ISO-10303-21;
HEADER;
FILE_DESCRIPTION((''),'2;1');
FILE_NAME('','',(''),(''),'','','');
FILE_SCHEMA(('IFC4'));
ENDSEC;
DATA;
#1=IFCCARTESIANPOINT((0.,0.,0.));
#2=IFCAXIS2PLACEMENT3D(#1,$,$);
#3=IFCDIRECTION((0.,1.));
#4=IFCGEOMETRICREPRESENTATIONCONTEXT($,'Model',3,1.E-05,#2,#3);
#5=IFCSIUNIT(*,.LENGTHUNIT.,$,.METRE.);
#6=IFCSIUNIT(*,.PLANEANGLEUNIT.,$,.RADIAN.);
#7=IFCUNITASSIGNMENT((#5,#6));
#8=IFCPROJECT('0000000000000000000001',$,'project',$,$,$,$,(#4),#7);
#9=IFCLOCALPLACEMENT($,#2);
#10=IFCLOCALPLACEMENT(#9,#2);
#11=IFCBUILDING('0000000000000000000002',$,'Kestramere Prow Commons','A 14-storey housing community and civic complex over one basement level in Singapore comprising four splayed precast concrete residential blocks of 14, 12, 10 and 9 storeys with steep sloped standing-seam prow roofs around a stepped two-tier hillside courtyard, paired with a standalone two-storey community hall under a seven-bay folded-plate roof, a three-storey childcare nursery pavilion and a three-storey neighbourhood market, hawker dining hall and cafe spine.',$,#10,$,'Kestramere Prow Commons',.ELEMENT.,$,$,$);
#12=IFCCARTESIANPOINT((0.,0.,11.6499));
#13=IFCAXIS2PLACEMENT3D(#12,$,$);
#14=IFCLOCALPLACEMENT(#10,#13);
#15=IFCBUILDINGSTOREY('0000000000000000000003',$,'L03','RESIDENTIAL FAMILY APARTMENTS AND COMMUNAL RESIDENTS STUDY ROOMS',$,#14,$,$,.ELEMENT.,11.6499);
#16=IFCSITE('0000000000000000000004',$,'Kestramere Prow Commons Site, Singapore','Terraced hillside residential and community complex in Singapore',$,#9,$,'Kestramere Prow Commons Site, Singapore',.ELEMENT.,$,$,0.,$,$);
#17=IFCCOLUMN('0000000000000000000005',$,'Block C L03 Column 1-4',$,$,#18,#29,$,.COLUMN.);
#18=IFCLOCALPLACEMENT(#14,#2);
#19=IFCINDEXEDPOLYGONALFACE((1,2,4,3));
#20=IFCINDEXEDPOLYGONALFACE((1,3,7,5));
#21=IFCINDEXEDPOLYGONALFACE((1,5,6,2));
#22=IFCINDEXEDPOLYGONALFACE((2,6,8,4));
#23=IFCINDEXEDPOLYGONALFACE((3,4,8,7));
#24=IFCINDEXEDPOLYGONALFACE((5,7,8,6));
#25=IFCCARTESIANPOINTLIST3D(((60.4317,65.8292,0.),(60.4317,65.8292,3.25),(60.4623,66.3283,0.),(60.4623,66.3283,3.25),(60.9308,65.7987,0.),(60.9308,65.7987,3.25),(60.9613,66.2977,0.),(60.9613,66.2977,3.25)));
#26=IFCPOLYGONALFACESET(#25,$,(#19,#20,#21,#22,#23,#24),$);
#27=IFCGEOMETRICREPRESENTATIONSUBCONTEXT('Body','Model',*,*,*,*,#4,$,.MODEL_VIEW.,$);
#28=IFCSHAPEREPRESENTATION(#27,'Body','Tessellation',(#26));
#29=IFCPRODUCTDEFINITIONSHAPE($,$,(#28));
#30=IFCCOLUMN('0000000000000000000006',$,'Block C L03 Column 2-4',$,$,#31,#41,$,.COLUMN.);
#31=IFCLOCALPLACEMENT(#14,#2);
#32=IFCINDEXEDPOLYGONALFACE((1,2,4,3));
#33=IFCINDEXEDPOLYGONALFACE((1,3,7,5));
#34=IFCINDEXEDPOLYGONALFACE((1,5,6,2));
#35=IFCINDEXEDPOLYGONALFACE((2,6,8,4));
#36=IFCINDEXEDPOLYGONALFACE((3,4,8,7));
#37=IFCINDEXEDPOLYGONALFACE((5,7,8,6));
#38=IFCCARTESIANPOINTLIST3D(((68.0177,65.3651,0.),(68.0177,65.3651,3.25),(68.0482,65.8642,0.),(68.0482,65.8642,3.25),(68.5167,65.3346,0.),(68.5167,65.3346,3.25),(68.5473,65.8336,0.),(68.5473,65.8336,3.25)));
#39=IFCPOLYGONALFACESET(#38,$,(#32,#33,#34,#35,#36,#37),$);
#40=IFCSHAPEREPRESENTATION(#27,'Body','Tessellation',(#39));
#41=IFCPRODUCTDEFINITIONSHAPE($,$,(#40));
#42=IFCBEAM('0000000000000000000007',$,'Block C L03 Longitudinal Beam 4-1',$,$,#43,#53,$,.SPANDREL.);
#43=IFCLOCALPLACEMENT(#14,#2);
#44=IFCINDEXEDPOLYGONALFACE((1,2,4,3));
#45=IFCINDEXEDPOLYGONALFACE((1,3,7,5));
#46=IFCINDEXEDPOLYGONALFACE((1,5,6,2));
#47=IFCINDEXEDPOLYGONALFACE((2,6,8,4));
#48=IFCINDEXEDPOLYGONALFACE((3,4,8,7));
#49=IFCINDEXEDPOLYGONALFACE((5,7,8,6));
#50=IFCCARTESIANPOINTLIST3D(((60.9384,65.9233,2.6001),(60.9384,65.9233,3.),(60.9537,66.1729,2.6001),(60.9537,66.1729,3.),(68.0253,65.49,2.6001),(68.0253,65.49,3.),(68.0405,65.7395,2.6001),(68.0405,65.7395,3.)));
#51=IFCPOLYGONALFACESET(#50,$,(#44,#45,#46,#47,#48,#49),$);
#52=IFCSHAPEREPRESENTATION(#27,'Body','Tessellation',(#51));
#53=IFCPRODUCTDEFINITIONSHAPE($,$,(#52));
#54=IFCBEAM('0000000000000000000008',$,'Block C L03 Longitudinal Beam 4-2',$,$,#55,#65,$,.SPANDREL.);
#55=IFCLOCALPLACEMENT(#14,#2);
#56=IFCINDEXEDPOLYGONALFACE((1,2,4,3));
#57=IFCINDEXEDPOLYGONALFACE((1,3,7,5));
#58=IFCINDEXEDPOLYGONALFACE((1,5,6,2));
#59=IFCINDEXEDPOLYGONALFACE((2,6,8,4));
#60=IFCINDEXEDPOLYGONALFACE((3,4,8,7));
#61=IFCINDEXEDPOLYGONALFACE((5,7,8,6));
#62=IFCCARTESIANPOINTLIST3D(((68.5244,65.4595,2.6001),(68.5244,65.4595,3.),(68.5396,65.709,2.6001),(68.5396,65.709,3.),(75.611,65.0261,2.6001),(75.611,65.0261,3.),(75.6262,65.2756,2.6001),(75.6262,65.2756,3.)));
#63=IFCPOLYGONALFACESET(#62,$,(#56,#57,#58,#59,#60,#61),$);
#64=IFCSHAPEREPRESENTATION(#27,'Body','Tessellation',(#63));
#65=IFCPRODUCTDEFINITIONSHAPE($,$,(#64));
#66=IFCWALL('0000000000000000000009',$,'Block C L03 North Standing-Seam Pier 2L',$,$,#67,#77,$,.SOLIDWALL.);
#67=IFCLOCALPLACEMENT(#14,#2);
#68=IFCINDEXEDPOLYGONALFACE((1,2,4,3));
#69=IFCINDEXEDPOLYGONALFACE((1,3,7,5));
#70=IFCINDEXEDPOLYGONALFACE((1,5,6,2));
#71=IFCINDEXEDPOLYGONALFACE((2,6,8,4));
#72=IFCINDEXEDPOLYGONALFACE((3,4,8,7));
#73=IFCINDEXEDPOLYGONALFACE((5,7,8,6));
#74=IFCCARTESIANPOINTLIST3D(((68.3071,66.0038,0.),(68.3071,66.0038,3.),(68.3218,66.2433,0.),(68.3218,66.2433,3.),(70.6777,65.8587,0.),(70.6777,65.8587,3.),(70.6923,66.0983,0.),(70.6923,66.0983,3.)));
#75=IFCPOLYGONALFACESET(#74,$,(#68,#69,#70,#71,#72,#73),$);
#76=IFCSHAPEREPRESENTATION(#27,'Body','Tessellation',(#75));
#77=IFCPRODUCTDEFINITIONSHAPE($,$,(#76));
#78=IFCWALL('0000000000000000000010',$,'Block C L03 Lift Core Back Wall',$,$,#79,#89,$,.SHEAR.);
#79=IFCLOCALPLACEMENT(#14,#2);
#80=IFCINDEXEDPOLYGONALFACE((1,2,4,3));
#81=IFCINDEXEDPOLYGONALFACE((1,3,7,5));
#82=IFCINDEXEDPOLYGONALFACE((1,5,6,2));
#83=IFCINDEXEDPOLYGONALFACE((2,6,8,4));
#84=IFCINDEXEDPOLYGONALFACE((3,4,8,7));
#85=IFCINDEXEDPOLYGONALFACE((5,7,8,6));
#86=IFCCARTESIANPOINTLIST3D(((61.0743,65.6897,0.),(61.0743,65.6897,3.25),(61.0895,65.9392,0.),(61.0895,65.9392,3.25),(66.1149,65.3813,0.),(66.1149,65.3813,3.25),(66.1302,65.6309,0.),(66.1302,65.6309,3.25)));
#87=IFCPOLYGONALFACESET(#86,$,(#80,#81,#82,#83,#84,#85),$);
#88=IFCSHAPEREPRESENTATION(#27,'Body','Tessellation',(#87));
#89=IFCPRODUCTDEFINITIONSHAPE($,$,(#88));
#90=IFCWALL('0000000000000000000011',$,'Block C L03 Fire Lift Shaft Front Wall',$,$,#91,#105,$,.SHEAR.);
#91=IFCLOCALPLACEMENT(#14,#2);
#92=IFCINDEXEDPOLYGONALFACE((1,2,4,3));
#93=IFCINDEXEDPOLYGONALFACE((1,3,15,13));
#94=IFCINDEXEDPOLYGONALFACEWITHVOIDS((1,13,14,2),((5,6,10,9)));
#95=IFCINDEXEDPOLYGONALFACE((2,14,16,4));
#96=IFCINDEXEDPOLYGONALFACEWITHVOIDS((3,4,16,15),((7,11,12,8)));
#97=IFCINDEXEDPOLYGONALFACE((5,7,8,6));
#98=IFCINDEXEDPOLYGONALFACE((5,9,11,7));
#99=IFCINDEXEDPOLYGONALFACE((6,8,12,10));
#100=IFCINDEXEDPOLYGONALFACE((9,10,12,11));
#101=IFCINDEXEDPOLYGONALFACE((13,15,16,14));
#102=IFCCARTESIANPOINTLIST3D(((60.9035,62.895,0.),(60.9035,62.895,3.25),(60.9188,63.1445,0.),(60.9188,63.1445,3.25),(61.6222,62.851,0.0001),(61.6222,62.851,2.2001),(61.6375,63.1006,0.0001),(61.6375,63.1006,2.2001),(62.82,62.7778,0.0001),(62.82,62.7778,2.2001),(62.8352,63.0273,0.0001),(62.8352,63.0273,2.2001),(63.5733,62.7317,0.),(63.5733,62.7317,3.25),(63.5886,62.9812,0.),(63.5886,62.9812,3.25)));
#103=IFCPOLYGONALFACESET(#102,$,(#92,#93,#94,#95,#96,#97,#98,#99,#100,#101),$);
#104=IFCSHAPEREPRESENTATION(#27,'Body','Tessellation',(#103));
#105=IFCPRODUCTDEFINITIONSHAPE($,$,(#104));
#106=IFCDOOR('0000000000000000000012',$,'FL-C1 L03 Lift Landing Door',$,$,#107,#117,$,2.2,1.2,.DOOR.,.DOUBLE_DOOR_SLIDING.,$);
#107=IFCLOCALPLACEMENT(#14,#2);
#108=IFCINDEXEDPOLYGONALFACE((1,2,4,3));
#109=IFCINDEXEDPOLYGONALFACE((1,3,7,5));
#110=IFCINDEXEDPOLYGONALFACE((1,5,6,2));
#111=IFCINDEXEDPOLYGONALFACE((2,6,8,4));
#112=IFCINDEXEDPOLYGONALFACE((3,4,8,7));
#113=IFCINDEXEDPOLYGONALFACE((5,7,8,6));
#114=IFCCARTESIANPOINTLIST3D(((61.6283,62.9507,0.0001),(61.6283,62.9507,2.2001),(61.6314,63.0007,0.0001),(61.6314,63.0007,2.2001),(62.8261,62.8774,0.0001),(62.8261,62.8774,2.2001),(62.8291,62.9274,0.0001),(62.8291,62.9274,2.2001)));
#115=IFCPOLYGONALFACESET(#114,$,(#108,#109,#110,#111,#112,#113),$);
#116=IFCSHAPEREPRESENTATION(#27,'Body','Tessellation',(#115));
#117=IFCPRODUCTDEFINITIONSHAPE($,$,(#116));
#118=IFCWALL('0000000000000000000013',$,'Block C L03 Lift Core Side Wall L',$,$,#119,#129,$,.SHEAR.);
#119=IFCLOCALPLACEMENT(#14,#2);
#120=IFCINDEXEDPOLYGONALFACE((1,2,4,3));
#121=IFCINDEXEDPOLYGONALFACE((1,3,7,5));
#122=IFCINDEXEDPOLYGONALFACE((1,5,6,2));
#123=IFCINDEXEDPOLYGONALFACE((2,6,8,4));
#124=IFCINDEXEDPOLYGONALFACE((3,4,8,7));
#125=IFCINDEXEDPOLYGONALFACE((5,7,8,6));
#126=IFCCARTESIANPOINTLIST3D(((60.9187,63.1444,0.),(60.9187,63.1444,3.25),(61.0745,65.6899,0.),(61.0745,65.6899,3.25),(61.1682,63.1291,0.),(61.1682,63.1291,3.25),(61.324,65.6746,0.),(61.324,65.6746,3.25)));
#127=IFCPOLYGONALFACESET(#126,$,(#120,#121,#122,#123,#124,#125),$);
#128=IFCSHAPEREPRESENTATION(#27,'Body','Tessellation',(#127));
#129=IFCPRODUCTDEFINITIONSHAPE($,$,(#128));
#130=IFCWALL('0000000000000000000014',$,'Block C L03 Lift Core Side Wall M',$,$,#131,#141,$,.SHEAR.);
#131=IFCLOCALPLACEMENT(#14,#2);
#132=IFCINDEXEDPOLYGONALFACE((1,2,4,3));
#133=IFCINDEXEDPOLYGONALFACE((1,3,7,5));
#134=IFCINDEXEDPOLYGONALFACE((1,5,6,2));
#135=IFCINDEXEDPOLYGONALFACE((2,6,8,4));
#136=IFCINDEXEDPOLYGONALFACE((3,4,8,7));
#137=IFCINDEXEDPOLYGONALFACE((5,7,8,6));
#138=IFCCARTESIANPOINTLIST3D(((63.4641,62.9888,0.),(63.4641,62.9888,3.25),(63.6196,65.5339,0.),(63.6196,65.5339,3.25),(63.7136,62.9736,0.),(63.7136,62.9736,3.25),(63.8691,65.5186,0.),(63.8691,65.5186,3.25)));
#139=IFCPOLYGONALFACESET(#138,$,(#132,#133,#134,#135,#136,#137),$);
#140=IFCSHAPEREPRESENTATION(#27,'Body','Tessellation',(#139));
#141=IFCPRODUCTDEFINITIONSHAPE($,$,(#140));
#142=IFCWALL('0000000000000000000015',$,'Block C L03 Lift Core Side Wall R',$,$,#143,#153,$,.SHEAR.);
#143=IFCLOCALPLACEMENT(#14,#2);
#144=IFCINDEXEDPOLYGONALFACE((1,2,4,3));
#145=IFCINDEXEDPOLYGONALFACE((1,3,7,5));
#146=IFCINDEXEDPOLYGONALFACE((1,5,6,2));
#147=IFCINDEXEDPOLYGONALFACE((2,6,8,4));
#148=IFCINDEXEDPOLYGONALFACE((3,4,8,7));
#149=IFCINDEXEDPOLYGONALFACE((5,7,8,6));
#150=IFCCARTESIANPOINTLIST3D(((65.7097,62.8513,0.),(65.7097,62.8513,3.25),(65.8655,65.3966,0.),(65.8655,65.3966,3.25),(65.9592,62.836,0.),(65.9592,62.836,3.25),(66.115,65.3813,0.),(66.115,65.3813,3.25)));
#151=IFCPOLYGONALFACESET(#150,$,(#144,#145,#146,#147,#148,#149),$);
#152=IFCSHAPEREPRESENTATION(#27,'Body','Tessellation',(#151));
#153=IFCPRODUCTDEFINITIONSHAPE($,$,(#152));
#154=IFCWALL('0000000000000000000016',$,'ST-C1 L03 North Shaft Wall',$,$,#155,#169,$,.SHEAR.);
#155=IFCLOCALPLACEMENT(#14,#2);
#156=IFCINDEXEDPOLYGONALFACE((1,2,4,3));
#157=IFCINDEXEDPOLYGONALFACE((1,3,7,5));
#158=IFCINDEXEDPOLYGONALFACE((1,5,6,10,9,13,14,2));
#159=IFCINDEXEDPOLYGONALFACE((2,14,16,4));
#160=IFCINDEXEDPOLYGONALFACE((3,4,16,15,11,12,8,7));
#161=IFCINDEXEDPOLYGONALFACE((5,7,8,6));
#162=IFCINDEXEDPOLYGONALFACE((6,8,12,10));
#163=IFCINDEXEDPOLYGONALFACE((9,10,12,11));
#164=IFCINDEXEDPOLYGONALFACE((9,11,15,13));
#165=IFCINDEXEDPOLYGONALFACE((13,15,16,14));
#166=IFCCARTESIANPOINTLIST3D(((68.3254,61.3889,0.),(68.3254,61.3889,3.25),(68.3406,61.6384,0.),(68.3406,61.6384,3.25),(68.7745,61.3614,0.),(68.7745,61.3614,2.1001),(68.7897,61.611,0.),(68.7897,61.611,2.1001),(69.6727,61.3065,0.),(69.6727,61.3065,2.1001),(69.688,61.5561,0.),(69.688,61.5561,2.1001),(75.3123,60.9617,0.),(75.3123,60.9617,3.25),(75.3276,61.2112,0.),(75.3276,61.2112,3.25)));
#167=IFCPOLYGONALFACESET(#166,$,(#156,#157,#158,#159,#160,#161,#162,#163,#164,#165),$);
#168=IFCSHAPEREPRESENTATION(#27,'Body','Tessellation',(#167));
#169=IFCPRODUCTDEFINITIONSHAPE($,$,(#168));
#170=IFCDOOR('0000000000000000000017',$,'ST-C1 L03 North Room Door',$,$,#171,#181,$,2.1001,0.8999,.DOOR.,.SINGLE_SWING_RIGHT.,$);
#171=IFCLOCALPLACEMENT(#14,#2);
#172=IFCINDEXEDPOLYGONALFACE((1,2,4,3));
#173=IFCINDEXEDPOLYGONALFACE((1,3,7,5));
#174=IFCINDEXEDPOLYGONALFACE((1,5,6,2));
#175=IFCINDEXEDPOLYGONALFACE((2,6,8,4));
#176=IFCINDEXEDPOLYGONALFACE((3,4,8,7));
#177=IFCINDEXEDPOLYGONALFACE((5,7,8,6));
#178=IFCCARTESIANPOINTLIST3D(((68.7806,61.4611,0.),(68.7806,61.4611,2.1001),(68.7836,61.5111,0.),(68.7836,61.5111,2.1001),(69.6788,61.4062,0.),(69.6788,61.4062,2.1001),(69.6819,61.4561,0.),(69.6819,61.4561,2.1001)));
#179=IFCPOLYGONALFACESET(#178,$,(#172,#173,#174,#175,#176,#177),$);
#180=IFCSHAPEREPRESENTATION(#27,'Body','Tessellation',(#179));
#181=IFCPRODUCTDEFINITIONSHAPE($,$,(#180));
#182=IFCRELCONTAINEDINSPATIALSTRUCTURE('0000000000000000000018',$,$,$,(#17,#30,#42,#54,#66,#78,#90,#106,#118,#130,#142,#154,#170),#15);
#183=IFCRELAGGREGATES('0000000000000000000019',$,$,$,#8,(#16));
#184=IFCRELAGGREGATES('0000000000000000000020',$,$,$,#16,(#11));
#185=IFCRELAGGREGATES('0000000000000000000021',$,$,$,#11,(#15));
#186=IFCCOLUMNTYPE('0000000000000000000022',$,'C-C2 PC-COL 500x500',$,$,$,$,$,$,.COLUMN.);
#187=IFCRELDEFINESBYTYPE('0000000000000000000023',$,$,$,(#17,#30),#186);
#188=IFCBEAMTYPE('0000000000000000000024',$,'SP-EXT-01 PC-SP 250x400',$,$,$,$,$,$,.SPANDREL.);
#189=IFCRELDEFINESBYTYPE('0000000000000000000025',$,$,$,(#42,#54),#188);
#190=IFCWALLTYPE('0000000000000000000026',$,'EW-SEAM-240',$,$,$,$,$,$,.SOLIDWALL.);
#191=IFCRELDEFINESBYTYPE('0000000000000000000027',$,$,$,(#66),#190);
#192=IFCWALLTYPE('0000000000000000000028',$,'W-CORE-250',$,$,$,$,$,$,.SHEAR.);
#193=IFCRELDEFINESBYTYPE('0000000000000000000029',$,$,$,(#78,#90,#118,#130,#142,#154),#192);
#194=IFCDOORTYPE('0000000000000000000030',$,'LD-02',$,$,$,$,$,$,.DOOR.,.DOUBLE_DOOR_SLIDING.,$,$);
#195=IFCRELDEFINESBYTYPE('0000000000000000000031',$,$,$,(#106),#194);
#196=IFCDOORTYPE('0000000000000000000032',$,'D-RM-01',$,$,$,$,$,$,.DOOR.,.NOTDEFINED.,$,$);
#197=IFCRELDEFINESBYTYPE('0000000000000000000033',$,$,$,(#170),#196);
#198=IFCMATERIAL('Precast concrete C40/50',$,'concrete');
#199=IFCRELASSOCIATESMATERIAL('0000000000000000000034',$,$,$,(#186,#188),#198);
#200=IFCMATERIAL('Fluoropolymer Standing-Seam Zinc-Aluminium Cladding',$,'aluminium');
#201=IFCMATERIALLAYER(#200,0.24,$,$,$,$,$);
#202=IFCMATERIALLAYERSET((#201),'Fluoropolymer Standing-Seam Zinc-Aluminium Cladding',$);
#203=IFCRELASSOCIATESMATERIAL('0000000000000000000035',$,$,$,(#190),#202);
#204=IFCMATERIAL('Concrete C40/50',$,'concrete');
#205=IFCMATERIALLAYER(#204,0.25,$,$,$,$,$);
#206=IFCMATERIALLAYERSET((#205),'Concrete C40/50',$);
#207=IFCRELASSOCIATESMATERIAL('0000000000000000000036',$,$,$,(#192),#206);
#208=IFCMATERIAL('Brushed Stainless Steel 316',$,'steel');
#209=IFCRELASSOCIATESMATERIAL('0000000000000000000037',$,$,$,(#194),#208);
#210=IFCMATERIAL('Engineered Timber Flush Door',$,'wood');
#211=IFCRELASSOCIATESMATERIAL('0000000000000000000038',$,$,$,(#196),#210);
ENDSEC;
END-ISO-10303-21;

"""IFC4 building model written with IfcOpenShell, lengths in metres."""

from ifc_helpers import new_model, si_unit, direction, frame, frame_2d, origin, origin_2d, place, context, subcontext, project, spatial, rectangle, extrude, material, layer, layer_set, material_profile, profile_set, type_object, element, fill, save


model = new_model("IFC4")

# Units and contexts
model_context = context("Model", 3, precision=1e-05, world=origin(), true_north=direction((0.0, 1.0)))
body_context = subcontext(model_context, "Body", "Model", "MODEL_VIEW")
ifc_project = project(units=[si_unit("LENGTHUNIT", "METRE"), si_unit("PLANEANGLEUNIT", "RADIAN")], contexts=[model_context])

# Site, building, storey
site_placement = place(None, origin())
site = spatial("IfcSite", under=ifc_project, at=site_placement, Name="Kestramere Prow Commons Site, Singapore", Description="Terraced hillside residential and community complex in Singapore", LongName="Kestramere Prow Commons Site, Singapore", CompositionType="ELEMENT", RefElevation=0.0)
building_placement = place(site_placement, origin())
building = spatial("IfcBuilding", under=site, at=building_placement, Name="Kestramere Prow Commons", Description="A 14-storey housing community and civic complex over one basement level in Singapore comprising four splayed precast concrete residential blocks of 14, 12, 10 and 9 storeys with steep sloped standing-seam prow roofs around a stepped two-tier hillside courtyard, paired with a standalone two-storey community hall under a seven-bay folded-plate roof, a three-storey childcare nursery pavilion and a three-storey neighbourhood market, hawker dining hall and cafe spine.", LongName="Kestramere Prow Commons", CompositionType="ELEMENT")
storey_placement = place(building_placement, frame((0.0, 0.0, 11.6499)))
storey = spatial("IfcBuildingStorey", under=building, at=storey_placement, Name="L03", Description="RESIDENTIAL FAMILY APARTMENTS AND COMMUNAL RESIDENTS STUDY ROOMS", CompositionType="ELEMENT", Elevation=11.6499)

# Columns
ifc_material_1 = material(Name="Precast concrete C40/50", Category="concrete")
ifc_material_profile_1 = material_profile(ifc_material_1, rectangle(XDim=0.5, YDim=0.5, at=origin_2d()), Name="PC-COL 500x500")
ifc_profile_set_1 = profile_set([ifc_material_profile_1], Name="Precast concrete C40/50")
column_type = type_object("IfcColumnType", Name="C-C2 PC-COL 500x500", PredefinedType="COLUMN", material=ifc_profile_set_1)
for number, where, z_axis, x_axis, name in (
    (1, (60.6965, 66.0635, 0.0), (0.0, 0.0, 1.0), (0.998135, -0.061049, 0.0), "Block C L03 Column 1-4"),
    (2, (68.2825, 65.5994, 0.0), (0.0, 0.0, 1.0), (0.998135, -0.061049, 0.0), "Block C L03 Column 2-4"),
):
    element("IfcColumn", number, at=place(storey_placement, frame(where, z_axis=z_axis, x_axis=x_axis)), inside=storey, type_object=column_type, Name=name, PredefinedType="COLUMN", context=body_context, shape_type="SweptSolid", body=[
        extrude(rectangle(XDim=0.5, YDim=0.5, at=origin_2d()), origin(), (0.0, 0.0, 1.0), 3.25),
    ])

# Beams
ifc_material_profile_2 = material_profile(ifc_material_1, rectangle(XDim=0.25, YDim=0.3999, at=origin_2d()), Name="PC-SP 250x400")
ifc_profile_set_2 = profile_set([ifc_material_profile_2], Name="Precast concrete C40/50")
beam_type = type_object("IfcBeamType", Name="SP-EXT-01 PC-SP 250x400", PredefinedType="SPANDREL", material=ifc_profile_set_2)
beam_1_placement = place(storey_placement, frame((60.946, 66.0481, 2.8), z_axis=(0.998136, -0.061034, 0.0), x_axis=(0.061034, 0.998136, 0.0)))
element("IfcBeam", 3, at=beam_1_placement, inside=storey, type_object=beam_type, Name="Block C L03 Longitudinal Beam 4-1", PredefinedType="SPANDREL", context=body_context, shape_type="SweptSolid", body=[
    extrude(rectangle(XDim=0.25, YDim=0.3999, at=origin_2d()), origin(), (0.0, 0.0, 1.0), 7.1001),
])
beam_2_placement = place(storey_placement, frame((68.532, 65.5842, 2.8), z_axis=(0.998136, -0.061036, 0.0), x_axis=(0.061036, 0.998136, 0.0)))
element("IfcBeam", 4, at=beam_2_placement, inside=storey, type_object=beam_type, Name="Block C L03 Longitudinal Beam 4-2", PredefinedType="SPANDREL", context=body_context, shape_type="SweptSolid", body=[
    extrude(rectangle(XDim=0.25, YDim=0.3999, at=origin_2d()), origin(), (0.0, 0.0, 1.0), 7.0999),
])

# Walls
ifc_material_2 = material(Name="Fluoropolymer Standing-Seam Zinc-Aluminium Cladding", Category="aluminium")
ifc_layer_1 = layer(ifc_material_2, 0.24)
ifc_layer_set_1 = layer_set([ifc_layer_1], Name="Fluoropolymer Standing-Seam Zinc-Aluminium Cladding")
wall_type_1 = type_object("IfcWallType", Name="EW-SEAM-240", PredefinedType="SOLIDWALL", material=ifc_layer_set_1)
wall_1_placement = place(storey_placement, frame((68.3145, 66.1235, 0.0), z_axis=(0.0, 0.0, 1.0), x_axis=(0.998134, -0.06106, 0.0)))
element("IfcWall", 5, at=wall_1_placement, inside=storey, type_object=wall_type_1, Name="Block C L03 North Standing-Seam Pier 2L", PredefinedType="SOLIDWALL", context=body_context, shape_type="SweptSolid", body=[
    extrude(rectangle(XDim=2.375, YDim=0.24, at=frame_2d((1.1875, 0.0))), origin(), (0.0, 0.0, 1.0), 3.0),
])
ifc_material_3 = material(Name="Concrete C40/50", Category="concrete")
ifc_layer_2 = layer(ifc_material_3, 0.25)
ifc_layer_set_2 = layer_set([ifc_layer_2], Name="Concrete C40/50")
wall_type_2 = type_object("IfcWallType", Name="W-CORE-250", PredefinedType="SHEAR", material=ifc_layer_set_2)
wall_2_placement = place(storey_placement, frame((61.082, 65.8145, 0.0), z_axis=(0.0, 0.0, 1.0), x_axis=(0.998134, -0.06106, 0.0)))
element("IfcWall", 6, at=wall_2_placement, inside=storey, type_object=wall_type_2, Name="Block C L03 Lift Core Back Wall", PredefinedType="SHEAR", context=body_context, shape_type="SweptSolid", body=[
    extrude(rectangle(XDim=5.05, YDim=0.25, at=frame_2d((2.5249, 0.0))), origin(), (0.0, 0.0, 1.0), 3.25),
])

# Wall, opening, door
wall_3_placement = place(storey_placement, frame((60.9111, 63.0198, 0.0), z_axis=(0.0, 0.0, 1.0), x_axis=(0.998134, -0.06106, 0.0)))
wall_3 = element("IfcWall", 7, at=wall_3_placement, inside=storey, type_object=wall_type_2, Name="Block C L03 Fire Lift Shaft Front Wall", PredefinedType="SHEAR", context=body_context, shape_type="SweptSolid", body=[
    extrude(rectangle(XDim=2.6748, YDim=0.25, at=frame_2d((1.3374, 0.0))), origin(), (0.0, 0.0, 1.0), 3.25),
])
opening_1_placement = place(wall_3_placement, frame((0.72, 0.0, 0.0)))
opening_1 = element("IfcOpeningElement", 8, at=opening_1_placement, cuts=wall_3, PredefinedType="OPENING", context=body_context, shape_type="SweptSolid", body=[
    extrude(rectangle(XDim=1.2, YDim=2.2, at=frame_2d((0.6001, 1.1001))), frame((0.0, 0.1399, 0.0), z_axis=(0.0, -1.0, 0.0), x_axis=(1.0, 0.0, 0.0)), (0.0, 0.0, 1.0), 0.28),
])
ifc_material_4 = material(Name="Brushed Stainless Steel 316", Category="steel")
door_type_1 = type_object("IfcDoorType", Name="LD-02", OperationType="DOUBLE_DOOR_SLIDING", PredefinedType="DOOR", material=ifc_material_4)
door_1_placement = place(opening_1_placement, origin())
door_1 = element("IfcDoor", 9, at=door_1_placement, inside=storey, type_object=door_type_1, Name="FL-C1 L03 Lift Landing Door", OperationType="DOUBLE_DOOR_SLIDING", OverallHeight=2.2, OverallWidth=1.2, PredefinedType="DOOR", context=body_context, shape_type="SweptSolid", body=[
    extrude(rectangle(XDim=1.2, YDim=2.2, at=frame_2d((0.6001, 1.1001))), frame((0.0, 0.0249, 0.0), z_axis=(0.0, -1.0, 0.0), x_axis=(1.0, 0.0, 0.0)), (0.0, 0.0, 1.0), 0.05),
])
fill(opening_1, door_1)

# Walls
wall_4_placement = place(storey_placement, frame((61.0435, 63.1367, 0.0), z_axis=(0.0, 0.0, 1.0), x_axis=(0.061079, 0.998133, 0.0)))
element("IfcWall", 10, at=wall_4_placement, inside=storey, type_object=wall_type_2, Name="Block C L03 Lift Core Side Wall L", PredefinedType="SHEAR", context=body_context, shape_type="SweptSolid", body=[
    extrude(rectangle(XDim=2.5503, YDim=0.25, at=frame_2d((1.2751, 0.0))), origin(), (0.0, 0.0, 1.0), 3.25),
])
wall_5_placement = place(storey_placement, frame((63.5889, 62.9812, 0.0), z_axis=(0.0, 0.0, 1.0), x_axis=(0.060989, 0.998138, 0.0)))
element("IfcWall", 11, at=wall_5_placement, inside=storey, type_object=wall_type_2, Name="Block C L03 Lift Core Side Wall M", PredefinedType="SHEAR", context=body_context, shape_type="SweptSolid", body=[
    extrude(rectangle(XDim=2.5498, YDim=0.25, at=frame_2d((1.2749, 0.0))), origin(), (0.0, 0.0, 1.0), 3.25),
])
wall_6_placement = place(storey_placement, frame((65.8345, 62.8438, 0.0), z_axis=(0.0, 0.0, 1.0), x_axis=(0.061085, 0.998133, 0.0)))
element("IfcWall", 12, at=wall_6_placement, inside=storey, type_object=wall_type_2, Name="Block C L03 Lift Core Side Wall R", PredefinedType="SHEAR", context=body_context, shape_type="SweptSolid", body=[
    extrude(rectangle(XDim=2.55, YDim=0.25, at=frame_2d((1.2749, 0.0))), origin(), (0.0, 0.0, 1.0), 3.25),
])

# Wall, opening, door
wall_7_placement = place(storey_placement, frame((68.333, 61.5137, 0.0), z_axis=(0.0, 0.0, 1.0), x_axis=(0.998136, -0.061034, 0.0)))
wall_7 = element("IfcWall", 13, at=wall_7_placement, inside=storey, type_object=wall_type_2, Name="ST-C1 L03 North Shaft Wall", PredefinedType="SHEAR", context=body_context, shape_type="SweptSolid", body=[
    extrude(rectangle(XDim=7.0, YDim=0.25, at=frame_2d((3.5, 0.0))), origin(), (0.0, 0.0, 1.0), 3.25),
])
opening_2_placement = place(wall_7_placement, frame((0.45, 0.0, 0.0)))
opening_2 = element("IfcOpeningElement", 14, at=opening_2_placement, cuts=wall_7, PredefinedType="OPENING", context=body_context, shape_type="SweptSolid", body=[
    extrude(rectangle(XDim=0.8999, YDim=2.1001, at=frame_2d((0.45, 1.05))), frame((0.0, 0.1399, 0.0), z_axis=(0.0, -1.0, 0.0), x_axis=(1.0, 0.0, 0.0)), (0.0, 0.0, 1.0), 0.28),
])
ifc_material_5 = material(Name="Engineered Timber Flush Door", Category="wood")
door_type_2 = type_object("IfcDoorType", Name="D-RM-01", OperationType="NOTDEFINED", PredefinedType="DOOR", material=ifc_material_5)
door_2_placement = place(opening_2_placement, origin())
door_2 = element("IfcDoor", 15, at=door_2_placement, inside=storey, type_object=door_type_2, Name="ST-C1 L03 North Room Door", OperationType="SINGLE_SWING_RIGHT", OverallHeight=2.1001, OverallWidth=0.8999, PredefinedType="DOOR", context=body_context, shape_type="SweptSolid", body=[
    extrude(rectangle(XDim=0.8999, YDim=2.1001, at=frame_2d((0.45, 1.05))), frame((0.0, 0.0249, 0.0), z_axis=(0.0, -1.0, 0.0), x_axis=(1.0, 0.0, 0.0)), (0.0, 0.0, 1.0), 0.05),
])
fill(opening_2, door_2)

save(model, "model.ifc")
